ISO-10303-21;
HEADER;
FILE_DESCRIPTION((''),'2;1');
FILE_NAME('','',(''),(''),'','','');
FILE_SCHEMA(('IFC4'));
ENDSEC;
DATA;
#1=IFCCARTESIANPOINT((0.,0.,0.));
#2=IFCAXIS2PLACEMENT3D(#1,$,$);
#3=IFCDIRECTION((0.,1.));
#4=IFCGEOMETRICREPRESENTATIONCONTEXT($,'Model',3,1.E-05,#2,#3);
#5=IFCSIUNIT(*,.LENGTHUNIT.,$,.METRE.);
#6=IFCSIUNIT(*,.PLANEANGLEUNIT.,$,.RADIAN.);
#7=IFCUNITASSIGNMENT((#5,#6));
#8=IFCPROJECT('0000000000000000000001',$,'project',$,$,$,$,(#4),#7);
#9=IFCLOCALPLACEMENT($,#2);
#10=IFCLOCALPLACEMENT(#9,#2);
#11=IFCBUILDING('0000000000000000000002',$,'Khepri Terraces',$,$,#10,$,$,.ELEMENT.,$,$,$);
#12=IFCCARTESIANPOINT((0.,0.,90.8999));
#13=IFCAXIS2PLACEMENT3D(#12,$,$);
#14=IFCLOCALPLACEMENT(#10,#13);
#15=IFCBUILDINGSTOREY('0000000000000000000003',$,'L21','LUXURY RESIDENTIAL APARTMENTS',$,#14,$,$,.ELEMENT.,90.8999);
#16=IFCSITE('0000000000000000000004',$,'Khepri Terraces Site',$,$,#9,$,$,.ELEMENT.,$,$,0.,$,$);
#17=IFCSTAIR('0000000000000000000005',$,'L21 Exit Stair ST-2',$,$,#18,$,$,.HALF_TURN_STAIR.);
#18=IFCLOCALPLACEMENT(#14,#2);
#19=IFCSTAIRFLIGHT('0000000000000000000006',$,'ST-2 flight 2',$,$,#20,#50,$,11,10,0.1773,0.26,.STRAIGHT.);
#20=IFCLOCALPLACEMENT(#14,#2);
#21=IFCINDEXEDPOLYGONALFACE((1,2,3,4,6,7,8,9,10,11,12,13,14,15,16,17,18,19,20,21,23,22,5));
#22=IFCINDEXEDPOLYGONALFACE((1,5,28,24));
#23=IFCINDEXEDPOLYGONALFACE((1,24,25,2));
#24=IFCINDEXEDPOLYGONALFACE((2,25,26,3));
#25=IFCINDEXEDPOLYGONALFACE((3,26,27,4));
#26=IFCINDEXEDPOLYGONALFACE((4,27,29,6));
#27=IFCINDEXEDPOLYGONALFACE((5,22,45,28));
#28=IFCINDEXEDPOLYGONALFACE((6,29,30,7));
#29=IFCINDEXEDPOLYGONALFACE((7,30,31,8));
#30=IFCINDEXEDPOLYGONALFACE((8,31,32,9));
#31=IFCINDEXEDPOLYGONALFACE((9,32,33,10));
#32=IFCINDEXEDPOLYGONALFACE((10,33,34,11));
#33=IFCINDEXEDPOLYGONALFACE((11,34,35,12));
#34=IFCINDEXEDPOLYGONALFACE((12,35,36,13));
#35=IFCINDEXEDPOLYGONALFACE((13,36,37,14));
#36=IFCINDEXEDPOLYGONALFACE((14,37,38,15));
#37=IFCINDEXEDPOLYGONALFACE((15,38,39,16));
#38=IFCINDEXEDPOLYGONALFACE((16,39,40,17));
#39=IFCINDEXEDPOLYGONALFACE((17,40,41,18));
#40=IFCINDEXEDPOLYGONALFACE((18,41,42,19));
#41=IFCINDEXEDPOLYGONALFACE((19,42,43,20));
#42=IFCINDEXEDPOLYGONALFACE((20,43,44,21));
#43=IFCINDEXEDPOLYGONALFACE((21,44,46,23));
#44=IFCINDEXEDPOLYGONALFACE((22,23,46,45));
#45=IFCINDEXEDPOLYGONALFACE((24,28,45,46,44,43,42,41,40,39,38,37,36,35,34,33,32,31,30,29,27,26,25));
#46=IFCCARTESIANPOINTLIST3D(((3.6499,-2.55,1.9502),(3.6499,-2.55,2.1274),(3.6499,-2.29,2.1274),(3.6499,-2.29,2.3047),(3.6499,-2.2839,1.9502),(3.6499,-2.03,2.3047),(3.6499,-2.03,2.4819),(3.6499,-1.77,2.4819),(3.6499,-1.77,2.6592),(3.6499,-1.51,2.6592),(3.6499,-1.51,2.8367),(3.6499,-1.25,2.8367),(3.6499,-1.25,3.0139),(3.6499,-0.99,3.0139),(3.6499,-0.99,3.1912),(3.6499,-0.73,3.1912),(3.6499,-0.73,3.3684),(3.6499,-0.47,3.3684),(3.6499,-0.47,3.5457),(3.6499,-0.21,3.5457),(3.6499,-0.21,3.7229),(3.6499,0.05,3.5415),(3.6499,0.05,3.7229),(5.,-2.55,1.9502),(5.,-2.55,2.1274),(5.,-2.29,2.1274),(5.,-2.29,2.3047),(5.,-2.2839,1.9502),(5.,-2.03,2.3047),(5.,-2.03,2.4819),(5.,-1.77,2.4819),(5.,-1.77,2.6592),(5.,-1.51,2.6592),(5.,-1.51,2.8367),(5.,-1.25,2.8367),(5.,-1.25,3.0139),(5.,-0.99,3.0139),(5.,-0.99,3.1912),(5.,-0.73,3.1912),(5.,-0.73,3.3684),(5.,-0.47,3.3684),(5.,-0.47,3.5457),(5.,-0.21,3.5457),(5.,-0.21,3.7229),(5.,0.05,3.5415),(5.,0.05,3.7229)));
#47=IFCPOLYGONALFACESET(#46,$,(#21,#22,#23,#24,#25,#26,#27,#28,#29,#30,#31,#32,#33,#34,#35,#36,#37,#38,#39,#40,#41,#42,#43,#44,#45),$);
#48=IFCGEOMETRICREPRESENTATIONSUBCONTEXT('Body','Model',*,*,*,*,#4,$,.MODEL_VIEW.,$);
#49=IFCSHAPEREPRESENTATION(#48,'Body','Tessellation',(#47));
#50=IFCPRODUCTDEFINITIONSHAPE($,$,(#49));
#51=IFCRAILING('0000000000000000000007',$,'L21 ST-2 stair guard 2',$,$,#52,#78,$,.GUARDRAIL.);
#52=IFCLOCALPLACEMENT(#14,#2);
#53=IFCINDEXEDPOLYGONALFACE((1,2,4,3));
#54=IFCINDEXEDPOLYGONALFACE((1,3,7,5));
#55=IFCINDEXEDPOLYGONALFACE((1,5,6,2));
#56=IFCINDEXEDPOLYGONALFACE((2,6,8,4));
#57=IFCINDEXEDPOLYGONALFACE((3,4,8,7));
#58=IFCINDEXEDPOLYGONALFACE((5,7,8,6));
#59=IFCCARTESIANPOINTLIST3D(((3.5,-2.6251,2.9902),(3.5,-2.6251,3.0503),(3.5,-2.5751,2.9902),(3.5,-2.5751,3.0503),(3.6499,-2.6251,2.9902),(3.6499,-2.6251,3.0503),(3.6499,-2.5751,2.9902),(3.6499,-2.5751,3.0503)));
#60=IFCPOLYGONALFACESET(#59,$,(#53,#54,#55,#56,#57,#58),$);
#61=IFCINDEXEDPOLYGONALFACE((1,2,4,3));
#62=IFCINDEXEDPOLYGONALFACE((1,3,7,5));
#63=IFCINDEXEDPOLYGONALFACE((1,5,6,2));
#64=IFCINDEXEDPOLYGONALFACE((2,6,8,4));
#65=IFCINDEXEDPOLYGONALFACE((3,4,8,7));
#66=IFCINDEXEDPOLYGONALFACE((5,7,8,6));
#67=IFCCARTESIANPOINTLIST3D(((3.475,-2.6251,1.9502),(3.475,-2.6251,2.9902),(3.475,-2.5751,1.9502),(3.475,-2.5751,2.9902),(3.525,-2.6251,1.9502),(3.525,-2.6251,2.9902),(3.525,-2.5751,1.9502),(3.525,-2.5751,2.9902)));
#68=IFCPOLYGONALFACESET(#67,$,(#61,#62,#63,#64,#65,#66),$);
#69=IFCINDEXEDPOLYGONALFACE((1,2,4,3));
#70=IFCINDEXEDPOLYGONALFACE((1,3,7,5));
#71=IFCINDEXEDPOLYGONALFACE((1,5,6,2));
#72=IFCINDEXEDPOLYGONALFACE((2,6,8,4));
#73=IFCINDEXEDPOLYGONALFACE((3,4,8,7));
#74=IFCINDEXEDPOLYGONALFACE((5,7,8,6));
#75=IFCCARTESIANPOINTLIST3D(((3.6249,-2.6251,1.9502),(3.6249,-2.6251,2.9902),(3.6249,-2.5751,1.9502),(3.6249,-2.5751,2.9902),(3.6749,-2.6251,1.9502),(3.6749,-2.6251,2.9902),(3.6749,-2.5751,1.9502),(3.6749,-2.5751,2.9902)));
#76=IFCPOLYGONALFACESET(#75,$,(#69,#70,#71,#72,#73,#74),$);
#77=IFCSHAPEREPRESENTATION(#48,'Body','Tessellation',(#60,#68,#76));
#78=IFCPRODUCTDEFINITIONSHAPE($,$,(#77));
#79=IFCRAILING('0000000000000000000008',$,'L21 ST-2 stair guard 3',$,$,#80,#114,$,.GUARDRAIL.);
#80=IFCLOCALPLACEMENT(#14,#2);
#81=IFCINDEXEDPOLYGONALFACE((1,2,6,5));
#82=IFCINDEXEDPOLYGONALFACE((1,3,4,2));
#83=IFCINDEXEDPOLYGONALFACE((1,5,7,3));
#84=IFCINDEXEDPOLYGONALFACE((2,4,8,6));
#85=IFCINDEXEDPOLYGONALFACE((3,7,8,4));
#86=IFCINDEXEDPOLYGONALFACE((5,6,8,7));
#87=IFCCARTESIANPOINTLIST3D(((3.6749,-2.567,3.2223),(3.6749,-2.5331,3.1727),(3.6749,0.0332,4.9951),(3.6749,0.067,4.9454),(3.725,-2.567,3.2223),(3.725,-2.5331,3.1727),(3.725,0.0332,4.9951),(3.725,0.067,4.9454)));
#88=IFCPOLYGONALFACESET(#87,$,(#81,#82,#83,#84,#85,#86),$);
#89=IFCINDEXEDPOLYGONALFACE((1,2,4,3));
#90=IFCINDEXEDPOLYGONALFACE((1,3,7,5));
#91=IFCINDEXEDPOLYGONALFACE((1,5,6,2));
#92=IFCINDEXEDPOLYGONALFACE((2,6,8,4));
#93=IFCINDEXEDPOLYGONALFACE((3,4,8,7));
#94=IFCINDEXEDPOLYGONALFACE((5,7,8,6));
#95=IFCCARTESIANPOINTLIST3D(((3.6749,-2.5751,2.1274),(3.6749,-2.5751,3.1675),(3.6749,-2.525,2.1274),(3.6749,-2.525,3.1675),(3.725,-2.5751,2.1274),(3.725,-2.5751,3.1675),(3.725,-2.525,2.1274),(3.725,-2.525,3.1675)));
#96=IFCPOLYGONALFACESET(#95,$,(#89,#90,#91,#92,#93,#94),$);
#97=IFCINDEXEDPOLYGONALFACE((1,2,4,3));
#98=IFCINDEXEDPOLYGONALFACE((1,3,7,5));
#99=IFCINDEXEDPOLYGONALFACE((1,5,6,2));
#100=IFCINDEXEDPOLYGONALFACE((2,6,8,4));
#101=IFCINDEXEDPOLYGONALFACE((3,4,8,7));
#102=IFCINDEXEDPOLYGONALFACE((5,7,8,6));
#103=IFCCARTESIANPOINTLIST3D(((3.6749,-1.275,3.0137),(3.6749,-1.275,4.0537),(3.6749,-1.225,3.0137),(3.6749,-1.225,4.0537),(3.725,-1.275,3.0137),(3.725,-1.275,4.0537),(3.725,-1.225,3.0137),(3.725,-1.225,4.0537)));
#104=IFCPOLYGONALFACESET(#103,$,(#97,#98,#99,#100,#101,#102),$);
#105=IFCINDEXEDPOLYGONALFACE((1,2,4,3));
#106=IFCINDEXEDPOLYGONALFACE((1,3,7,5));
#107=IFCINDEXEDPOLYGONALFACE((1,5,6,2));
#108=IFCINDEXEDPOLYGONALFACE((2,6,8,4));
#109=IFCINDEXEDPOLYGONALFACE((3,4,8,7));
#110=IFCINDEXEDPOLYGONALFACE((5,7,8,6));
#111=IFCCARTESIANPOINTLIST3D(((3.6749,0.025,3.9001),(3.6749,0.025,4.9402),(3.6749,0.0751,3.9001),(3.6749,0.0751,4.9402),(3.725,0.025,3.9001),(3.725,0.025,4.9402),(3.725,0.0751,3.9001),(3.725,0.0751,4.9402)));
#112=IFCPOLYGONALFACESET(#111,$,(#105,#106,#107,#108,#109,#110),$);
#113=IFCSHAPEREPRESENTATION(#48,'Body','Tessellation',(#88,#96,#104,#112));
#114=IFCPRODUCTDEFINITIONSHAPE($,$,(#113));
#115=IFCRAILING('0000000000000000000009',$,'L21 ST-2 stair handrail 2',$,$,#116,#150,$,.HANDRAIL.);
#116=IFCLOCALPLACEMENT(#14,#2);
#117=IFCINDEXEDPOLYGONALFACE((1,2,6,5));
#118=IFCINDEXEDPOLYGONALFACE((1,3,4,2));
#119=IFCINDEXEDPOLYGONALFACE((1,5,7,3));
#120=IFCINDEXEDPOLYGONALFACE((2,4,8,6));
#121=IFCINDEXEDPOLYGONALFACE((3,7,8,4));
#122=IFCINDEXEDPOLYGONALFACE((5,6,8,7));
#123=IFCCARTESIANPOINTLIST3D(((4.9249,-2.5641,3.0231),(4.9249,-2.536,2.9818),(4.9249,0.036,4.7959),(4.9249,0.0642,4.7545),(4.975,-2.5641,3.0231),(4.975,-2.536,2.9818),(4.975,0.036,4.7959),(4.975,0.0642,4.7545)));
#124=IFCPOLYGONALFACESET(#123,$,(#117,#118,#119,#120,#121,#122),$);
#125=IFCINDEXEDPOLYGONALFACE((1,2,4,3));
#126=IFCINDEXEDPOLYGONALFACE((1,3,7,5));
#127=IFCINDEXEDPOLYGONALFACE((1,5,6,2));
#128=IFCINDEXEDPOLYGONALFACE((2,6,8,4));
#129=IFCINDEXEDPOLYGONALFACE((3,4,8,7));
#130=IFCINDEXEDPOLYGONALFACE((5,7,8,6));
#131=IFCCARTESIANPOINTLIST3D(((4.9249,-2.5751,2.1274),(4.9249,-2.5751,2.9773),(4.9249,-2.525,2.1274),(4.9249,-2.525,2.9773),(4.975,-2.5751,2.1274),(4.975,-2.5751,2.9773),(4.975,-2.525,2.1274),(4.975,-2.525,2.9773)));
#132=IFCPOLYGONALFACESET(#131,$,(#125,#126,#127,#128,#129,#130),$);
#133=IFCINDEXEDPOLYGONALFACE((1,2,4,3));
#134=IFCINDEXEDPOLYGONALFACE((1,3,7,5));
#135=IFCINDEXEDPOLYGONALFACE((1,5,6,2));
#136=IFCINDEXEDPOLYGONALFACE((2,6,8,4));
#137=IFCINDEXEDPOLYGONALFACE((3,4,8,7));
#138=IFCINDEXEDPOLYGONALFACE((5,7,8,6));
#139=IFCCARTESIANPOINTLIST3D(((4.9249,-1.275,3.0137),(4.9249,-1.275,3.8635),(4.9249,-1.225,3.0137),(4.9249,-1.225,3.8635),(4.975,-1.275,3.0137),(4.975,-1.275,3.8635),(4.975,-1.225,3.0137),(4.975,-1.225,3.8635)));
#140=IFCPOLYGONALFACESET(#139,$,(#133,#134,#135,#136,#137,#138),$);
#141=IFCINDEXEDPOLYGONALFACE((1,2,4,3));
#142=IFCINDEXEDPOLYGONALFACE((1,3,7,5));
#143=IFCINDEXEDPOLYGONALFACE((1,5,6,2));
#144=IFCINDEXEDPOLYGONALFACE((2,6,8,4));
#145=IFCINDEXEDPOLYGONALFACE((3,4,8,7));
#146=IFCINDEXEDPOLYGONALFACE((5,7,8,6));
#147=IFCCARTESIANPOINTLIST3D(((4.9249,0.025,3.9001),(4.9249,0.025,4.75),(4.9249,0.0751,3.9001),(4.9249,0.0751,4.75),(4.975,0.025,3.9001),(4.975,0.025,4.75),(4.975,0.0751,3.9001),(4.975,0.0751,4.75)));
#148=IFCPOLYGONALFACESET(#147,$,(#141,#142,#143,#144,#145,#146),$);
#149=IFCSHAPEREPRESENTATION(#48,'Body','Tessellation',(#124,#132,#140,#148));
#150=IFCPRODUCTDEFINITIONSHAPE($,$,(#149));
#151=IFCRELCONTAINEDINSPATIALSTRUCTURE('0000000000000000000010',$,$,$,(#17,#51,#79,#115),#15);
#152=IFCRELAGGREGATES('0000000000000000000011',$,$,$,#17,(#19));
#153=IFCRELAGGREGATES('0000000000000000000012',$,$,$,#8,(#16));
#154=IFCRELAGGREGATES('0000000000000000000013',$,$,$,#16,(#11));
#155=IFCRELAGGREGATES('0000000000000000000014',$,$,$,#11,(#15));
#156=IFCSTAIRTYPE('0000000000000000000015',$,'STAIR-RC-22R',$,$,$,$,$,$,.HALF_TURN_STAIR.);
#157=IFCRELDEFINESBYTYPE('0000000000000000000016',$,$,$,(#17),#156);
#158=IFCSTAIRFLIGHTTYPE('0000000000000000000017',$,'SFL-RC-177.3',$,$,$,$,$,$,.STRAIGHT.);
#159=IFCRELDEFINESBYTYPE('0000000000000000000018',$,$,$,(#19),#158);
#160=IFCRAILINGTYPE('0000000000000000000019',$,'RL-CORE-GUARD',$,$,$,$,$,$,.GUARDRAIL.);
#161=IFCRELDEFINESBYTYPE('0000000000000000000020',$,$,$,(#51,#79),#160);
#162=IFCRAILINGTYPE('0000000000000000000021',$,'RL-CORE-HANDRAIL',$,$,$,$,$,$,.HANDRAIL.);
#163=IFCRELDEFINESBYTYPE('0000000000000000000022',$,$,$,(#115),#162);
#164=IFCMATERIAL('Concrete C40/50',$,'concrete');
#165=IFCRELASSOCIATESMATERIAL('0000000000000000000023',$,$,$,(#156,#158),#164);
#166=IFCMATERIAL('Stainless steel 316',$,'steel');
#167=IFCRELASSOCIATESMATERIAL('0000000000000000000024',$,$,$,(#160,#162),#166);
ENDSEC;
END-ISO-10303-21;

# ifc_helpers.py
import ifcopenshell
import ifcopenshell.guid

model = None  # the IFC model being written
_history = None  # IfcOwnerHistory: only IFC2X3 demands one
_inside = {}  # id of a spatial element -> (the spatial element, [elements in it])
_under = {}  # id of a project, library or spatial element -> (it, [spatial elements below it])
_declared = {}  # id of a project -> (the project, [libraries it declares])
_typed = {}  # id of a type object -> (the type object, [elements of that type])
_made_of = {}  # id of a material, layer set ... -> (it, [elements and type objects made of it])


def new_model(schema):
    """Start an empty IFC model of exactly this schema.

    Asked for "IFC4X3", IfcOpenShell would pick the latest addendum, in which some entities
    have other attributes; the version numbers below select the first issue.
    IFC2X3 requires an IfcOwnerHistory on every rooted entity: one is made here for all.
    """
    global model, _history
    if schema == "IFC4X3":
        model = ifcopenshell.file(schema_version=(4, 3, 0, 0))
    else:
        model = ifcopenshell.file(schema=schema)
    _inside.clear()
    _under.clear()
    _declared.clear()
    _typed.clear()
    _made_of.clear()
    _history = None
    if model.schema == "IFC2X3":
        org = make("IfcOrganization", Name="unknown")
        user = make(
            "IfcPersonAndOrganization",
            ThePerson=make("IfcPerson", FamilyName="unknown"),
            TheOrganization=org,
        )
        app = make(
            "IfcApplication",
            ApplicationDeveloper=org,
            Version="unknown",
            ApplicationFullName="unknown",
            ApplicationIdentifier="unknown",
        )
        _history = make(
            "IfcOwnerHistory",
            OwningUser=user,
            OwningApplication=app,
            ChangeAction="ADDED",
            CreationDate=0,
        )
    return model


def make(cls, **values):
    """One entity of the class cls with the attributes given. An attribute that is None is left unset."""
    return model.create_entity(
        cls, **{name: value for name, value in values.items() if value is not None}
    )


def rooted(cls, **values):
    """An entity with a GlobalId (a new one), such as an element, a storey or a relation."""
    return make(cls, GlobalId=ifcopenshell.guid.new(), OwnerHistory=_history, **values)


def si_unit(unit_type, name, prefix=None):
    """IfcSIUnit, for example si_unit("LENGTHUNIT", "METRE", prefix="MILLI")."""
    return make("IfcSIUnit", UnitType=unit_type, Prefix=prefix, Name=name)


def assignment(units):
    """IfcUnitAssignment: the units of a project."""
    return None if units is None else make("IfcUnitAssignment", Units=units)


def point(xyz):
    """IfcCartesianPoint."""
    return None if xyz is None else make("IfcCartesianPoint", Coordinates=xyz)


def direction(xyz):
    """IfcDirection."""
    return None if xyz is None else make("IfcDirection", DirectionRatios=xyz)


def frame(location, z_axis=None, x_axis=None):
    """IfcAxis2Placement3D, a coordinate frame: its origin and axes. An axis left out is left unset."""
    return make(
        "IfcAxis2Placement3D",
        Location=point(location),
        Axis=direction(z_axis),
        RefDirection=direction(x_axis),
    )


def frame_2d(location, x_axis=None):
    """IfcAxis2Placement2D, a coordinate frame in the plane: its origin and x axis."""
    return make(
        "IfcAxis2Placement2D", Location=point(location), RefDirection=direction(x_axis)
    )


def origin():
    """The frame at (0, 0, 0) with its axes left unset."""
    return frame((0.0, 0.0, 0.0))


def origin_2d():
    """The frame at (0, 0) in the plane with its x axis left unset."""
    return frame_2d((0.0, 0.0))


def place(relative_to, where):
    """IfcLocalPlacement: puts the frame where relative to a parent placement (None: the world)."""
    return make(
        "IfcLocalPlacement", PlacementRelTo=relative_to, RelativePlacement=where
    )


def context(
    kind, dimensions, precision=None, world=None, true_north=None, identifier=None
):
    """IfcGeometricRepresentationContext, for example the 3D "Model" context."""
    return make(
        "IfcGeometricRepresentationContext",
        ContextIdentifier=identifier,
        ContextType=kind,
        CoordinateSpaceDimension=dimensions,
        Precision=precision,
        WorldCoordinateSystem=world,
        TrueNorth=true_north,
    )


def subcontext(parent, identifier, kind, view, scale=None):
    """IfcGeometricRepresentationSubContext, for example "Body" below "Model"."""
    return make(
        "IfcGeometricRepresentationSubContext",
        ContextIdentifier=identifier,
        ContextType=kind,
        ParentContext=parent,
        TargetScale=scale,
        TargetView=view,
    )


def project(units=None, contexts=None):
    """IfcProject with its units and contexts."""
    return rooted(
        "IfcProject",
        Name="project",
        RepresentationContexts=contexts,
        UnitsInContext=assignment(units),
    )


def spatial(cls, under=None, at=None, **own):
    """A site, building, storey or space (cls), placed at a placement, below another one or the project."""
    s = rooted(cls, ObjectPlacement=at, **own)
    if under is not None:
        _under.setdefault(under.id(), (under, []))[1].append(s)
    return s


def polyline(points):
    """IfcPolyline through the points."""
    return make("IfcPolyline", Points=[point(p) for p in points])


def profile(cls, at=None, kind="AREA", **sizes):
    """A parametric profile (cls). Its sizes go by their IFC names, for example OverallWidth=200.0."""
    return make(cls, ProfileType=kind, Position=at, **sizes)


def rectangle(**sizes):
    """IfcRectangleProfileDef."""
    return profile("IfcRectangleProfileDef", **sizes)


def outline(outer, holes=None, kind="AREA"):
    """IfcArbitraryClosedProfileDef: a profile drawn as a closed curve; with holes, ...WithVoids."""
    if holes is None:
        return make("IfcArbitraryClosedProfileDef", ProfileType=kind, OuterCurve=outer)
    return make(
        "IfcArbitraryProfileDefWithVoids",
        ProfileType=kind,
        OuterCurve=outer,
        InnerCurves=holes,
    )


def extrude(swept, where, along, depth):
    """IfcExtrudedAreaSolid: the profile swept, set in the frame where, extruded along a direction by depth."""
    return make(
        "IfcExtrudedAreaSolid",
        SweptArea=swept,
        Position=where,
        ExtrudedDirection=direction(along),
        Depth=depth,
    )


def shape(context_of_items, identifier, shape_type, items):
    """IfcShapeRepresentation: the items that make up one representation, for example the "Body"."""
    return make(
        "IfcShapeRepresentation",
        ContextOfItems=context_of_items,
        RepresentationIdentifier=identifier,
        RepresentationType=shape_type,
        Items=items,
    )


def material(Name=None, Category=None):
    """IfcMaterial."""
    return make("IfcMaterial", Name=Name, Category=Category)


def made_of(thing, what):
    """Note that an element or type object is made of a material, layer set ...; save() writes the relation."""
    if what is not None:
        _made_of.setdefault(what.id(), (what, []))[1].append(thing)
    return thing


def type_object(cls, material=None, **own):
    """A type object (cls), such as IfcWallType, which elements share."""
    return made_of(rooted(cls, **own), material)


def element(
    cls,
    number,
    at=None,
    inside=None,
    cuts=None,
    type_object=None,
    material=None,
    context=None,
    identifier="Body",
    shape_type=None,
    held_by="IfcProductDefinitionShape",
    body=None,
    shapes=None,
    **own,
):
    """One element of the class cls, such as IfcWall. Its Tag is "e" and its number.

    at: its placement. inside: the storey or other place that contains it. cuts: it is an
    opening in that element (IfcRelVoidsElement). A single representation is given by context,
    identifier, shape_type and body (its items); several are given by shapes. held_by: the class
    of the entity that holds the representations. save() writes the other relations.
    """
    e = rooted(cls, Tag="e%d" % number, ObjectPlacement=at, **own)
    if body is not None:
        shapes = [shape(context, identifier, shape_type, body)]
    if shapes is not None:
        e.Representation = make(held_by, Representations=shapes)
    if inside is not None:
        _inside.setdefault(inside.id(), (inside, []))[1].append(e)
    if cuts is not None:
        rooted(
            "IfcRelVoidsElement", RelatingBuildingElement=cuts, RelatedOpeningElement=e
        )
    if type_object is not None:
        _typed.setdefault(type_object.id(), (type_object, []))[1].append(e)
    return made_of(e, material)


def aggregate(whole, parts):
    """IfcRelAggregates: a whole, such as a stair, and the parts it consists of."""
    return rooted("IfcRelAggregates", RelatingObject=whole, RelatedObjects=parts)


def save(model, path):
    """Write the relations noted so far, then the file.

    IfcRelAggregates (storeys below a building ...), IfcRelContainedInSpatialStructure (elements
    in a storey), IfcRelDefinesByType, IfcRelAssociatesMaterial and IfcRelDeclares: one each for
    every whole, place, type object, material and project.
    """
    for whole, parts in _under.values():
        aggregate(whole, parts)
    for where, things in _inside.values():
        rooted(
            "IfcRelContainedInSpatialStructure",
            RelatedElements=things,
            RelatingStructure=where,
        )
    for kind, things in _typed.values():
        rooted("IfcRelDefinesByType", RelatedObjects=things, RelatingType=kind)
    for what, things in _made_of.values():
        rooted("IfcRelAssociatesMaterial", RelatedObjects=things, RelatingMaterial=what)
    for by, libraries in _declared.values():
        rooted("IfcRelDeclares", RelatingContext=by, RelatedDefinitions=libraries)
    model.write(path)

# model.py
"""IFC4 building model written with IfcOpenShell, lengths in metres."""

from ifc_helpers import new_model, si_unit, direction, frame, origin, origin_2d, place, context, subcontext, project, spatial, polyline, rectangle, outline, extrude, material, type_object, element, aggregate, save


model = new_model("IFC4")

# Units and contexts
model_context = context("Model", 3, precision=1e-05, world=origin(), true_north=direction((0.0, 1.0)))
body_context = subcontext(model_context, "Body", "Model", "MODEL_VIEW")
ifc_project = project(units=[si_unit("LENGTHUNIT", "METRE"), si_unit("PLANEANGLEUNIT", "RADIAN")], contexts=[model_context])

# Site, building, storey
site_placement = place(None, origin())
site = spatial("IfcSite", under=ifc_project, at=site_placement, Name="Khepri Terraces Site", CompositionType="ELEMENT", RefElevation=0.0)
building_placement = place(site_placement, origin())
building = spatial("IfcBuilding", under=site, at=building_placement, Name="Khepri Terraces", CompositionType="ELEMENT")
storey_placement = place(building_placement, frame((0.0, 0.0, 90.8999)))
storey = spatial("IfcBuildingStorey", under=building, at=storey_placement, Name="L21", Description="LUXURY RESIDENTIAL APARTMENTS", CompositionType="ELEMENT", Elevation=90.8999)

# Stair, stair flight
ifc_material_1 = material(Name="Concrete C40/50", Category="concrete")
stair_type = type_object("IfcStairType", Name="STAIR-RC-22R", PredefinedType="HALF_TURN_STAIR", material=ifc_material_1)
stair_placement = place(storey_placement, origin())
stair = element("IfcStair", 1, at=stair_placement, inside=storey, type_object=stair_type, Name="L21 Exit Stair ST-2", PredefinedType="HALF_TURN_STAIR")
stair_flight_type = type_object("IfcStairFlightType", Name="SFL-RC-177.3", PredefinedType="STRAIGHT", material=ifc_material_1)
stair_flight_placement = place(storey_placement, frame((4.325, -2.55, 1.9502), z_axis=(0.0, 0.0, 1.0), x_axis=(0.0, 1.0, 0.0)))
stair_flight = element("IfcStairFlight", 2, at=stair_flight_placement, type_object=stair_flight_type, Name="ST-2 flight 2", NumberOfRisers=11, NumberOfTreads=10, PredefinedType="STRAIGHT", RiserHeight=0.1773, TreadLength=0.26, context=body_context, shape_type="SweptSolid", body=[
    extrude(outline(polyline([(0.0, 0.0), (0.0, 0.1772), (0.26, 0.1772), (0.26, 0.3545), (0.52, 0.3545), (0.52, 0.5317), (0.78, 0.5317), (0.78, 0.709), (1.04, 0.709), (1.04, 0.8865), (1.3, 0.8865), (1.3, 1.0637), (1.5601, 1.0637), (1.5601, 1.241), (1.8201, 1.241), (1.8201, 1.4182), (2.0801, 1.4182), (2.0801, 1.5955), (2.3401, 1.5955), (2.3401, 1.7727), (2.6001, 1.7727), (2.6001, 1.95), (2.6001, 1.5913), (0.2661, 0.0), (0.0, 0.0)])), frame((0.0, 0.675, 0.0), z_axis=(0.0, -1.0, 0.0), x_axis=(1.0, 0.0, 0.0)), (0.0, 0.0, 1.0), 1.3501),
])
aggregate(stair, [stair_flight])

# Railings
ifc_material_2 = material(Name="Stainless steel 316", Category="steel")
railing_type_1 = type_object("IfcRailingType", Name="RL-CORE-GUARD", PredefinedType="GUARDRAIL", material=ifc_material_2)
railing_1_placement = place(storey_placement, frame((3.5, -2.6001, 1.9502)))
element("IfcRailing", 3, at=railing_1_placement, inside=storey, type_object=railing_type_1, Name="L21 ST-2 stair guard 2", PredefinedType="GUARDRAIL", context=body_context, shape_type="SweptSolid", body=[
    extrude(rectangle(XDim=0.05, YDim=0.0601, at=origin_2d()), frame((0.0, 0.0, 1.0701), z_axis=(1.0, 0.0, 0.0), x_axis=(0.0, 1.0, 0.0)), (0.0, 0.0, 1.0), 0.1499),
    extrude(rectangle(XDim=0.05, YDim=0.05, at=origin_2d()), origin(), (0.0, 0.0, 1.0), 1.04),
    extrude(rectangle(XDim=0.05, YDim=0.05, at=origin_2d()), frame((0.1499, 0.0, 0.0)), (0.0, 0.0, 1.0), 1.04),
])
railing_2_placement = place(storey_placement, frame((3.7, -2.55, 2.1274)))
element("IfcRailing", 4, at=railing_2_placement, inside=storey, type_object=railing_type_1, Name="L21 ST-2 stair guard 3", PredefinedType="GUARDRAIL", context=body_context, shape_type="SweptSolid", body=[
    extrude(rectangle(XDim=0.05, YDim=0.0601, at=origin_2d()), frame((0.0, 0.0, 1.0701), z_axis=(0.0, 0.82624, 0.563318), x_axis=(-1.0, 0.0, 0.0)), (0.0, 0.0, 1.0), 3.147),
    extrude(rectangle(XDim=0.05, YDim=0.05, at=origin_2d()), origin(), (0.0, 0.0, 1.0), 1.04),
    extrude(rectangle(XDim=0.05, YDim=0.05, at=origin_2d()), frame((0.0, 1.3, 0.8862)), (0.0, 0.0, 1.0), 1.04),
    extrude(rectangle(XDim=0.05, YDim=0.05, at=origin_2d()), frame((0.0, 2.6001, 1.7727)), (0.0, 0.0, 1.0), 1.04),
])
railing_type_2 = type_object("IfcRailingType", Name="RL-CORE-HANDRAIL", PredefinedType="HANDRAIL", material=ifc_material_2)
railing_3_placement = place(storey_placement, frame((4.95, -2.55, 2.1274)))
element("IfcRailing", 5, at=railing_3_placement, inside=storey, type_object=railing_type_2, Name="L21 ST-2 stair handrail 2", PredefinedType="HANDRAIL", context=body_context, shape_type="SweptSolid", body=[
    extrude(rectangle(XDim=0.05, YDim=0.05, at=origin_2d()), frame((0.0, 0.0, 0.875), z_axis=(0.0, 0.82624, 0.563318), x_axis=(-1.0, 0.0, 0.0)), (0.0, 0.0, 1.0), 3.147),
    extrude(rectangle(XDim=0.05, YDim=0.05, at=origin_2d()), origin(), (0.0, 0.0, 1.0), 0.8499),
    extrude(rectangle(XDim=0.05, YDim=0.05, at=origin_2d()), frame((0.0, 1.3, 0.8862)), (0.0, 0.0, 1.0), 0.8499),
    extrude(rectangle(XDim=0.05, YDim=0.05, at=origin_2d()), frame((0.0, 2.6001, 1.7727)), (0.0, 0.0, 1.0), 0.8499),
])

save(model, "model.ifc")
